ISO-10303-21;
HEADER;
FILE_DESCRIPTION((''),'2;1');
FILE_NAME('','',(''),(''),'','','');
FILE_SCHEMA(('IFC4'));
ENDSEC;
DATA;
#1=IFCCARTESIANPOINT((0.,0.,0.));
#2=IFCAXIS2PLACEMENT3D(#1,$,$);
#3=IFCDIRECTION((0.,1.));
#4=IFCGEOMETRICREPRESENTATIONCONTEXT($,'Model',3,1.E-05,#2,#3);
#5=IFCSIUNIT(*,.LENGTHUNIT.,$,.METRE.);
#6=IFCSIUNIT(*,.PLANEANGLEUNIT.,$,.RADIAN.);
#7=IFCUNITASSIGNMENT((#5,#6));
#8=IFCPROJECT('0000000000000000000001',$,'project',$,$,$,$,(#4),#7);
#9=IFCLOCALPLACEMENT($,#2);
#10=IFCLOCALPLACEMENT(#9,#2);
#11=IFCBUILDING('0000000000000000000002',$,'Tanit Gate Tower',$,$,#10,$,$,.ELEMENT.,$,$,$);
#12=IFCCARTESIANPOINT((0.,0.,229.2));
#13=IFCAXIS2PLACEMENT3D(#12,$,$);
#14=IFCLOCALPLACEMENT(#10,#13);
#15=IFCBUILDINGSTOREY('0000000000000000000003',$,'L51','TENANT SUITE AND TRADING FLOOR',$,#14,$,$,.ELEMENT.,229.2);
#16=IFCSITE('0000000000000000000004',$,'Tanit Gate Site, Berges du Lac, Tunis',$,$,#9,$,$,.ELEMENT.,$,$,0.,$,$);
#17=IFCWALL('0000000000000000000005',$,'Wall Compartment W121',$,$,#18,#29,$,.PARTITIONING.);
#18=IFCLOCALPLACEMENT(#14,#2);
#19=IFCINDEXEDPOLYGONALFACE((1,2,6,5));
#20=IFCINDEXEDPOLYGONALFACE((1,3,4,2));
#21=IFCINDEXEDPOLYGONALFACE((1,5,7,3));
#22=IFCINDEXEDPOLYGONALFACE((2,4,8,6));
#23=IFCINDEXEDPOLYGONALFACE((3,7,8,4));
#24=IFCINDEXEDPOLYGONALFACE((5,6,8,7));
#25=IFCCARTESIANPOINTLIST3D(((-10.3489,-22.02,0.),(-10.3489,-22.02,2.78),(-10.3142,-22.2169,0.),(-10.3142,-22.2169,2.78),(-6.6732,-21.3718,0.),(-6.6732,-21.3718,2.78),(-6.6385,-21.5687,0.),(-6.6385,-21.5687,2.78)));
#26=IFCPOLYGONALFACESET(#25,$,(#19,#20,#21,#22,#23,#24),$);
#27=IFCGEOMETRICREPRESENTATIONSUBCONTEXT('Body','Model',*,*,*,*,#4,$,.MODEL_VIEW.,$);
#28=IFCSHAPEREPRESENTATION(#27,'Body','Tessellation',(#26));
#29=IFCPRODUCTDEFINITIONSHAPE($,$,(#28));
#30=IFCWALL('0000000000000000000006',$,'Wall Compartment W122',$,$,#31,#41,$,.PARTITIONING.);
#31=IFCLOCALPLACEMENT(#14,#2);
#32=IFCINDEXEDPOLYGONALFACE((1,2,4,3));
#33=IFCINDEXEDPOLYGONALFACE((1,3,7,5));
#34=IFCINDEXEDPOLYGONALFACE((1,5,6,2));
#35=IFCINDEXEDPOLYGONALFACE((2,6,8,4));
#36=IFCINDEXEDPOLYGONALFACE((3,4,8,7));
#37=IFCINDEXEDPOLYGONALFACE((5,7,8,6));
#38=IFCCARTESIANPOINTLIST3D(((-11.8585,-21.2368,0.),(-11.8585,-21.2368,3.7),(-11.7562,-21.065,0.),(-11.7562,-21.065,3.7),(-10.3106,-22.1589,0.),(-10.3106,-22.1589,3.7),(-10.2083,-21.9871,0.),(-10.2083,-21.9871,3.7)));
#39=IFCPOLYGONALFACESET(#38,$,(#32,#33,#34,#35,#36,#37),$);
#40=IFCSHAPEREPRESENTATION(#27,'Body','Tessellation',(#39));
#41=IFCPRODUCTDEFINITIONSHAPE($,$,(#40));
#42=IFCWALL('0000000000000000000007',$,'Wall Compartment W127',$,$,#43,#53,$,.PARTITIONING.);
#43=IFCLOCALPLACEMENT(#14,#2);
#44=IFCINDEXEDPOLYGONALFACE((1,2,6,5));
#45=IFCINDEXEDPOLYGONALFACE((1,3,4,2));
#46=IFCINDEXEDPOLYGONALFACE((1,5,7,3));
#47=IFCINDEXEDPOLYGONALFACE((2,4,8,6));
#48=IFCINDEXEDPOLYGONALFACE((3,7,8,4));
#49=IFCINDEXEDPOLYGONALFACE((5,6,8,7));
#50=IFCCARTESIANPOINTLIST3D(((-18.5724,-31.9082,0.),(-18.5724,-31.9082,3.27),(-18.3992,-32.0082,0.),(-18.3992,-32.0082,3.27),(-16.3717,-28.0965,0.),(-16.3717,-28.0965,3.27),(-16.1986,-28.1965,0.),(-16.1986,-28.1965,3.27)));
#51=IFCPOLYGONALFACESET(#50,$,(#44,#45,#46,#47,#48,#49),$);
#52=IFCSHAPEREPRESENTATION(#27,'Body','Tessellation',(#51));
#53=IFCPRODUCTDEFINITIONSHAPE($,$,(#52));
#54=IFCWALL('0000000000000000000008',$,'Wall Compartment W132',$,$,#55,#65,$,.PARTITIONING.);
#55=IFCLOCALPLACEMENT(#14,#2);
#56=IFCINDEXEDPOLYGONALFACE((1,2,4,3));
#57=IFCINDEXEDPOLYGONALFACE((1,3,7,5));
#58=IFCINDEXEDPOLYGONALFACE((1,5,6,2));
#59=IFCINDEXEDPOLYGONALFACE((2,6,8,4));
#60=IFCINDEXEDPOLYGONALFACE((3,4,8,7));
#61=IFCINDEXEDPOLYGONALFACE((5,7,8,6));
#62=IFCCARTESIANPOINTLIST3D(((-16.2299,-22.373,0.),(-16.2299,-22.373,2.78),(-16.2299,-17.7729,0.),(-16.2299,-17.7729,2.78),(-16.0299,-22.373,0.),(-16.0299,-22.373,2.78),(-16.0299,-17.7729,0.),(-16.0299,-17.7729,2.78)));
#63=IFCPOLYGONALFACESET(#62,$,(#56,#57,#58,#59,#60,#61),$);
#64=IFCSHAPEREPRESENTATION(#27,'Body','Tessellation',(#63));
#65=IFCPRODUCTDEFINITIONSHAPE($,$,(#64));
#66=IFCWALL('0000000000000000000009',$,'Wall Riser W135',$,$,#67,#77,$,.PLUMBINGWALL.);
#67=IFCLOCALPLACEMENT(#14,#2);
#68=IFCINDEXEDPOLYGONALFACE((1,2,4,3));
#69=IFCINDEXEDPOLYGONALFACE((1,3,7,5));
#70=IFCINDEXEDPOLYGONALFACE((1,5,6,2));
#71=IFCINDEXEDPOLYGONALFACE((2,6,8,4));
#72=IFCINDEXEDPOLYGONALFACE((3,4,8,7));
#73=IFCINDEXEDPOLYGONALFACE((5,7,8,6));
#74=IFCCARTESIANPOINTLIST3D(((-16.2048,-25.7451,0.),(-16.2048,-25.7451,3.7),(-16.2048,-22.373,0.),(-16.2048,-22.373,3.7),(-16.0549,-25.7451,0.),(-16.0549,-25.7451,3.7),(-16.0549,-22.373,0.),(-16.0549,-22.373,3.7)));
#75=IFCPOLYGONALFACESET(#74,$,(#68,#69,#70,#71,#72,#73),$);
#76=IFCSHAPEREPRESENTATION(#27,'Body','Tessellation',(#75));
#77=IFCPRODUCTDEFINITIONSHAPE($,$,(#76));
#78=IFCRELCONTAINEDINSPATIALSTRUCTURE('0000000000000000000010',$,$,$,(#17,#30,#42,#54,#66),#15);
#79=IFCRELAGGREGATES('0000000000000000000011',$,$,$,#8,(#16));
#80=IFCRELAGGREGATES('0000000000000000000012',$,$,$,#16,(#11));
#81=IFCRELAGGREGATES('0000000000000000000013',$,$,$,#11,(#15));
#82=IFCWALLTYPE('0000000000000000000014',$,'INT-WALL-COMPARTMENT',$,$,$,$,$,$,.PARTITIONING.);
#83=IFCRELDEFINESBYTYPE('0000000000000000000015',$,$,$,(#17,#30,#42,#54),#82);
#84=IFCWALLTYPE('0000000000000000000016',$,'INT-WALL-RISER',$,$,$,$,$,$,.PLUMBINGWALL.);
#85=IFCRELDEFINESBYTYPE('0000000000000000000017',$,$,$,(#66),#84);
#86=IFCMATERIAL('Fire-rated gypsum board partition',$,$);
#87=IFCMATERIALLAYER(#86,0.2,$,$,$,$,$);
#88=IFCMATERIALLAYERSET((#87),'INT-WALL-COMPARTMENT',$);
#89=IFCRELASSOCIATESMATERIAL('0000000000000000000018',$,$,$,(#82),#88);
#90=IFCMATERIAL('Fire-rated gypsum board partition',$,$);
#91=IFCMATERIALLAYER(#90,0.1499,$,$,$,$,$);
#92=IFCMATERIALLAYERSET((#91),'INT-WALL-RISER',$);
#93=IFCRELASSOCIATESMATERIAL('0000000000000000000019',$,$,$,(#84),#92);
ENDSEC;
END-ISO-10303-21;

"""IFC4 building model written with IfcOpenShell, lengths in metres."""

from ifc_helpers import new_model, si_unit, direction, frame, frame_2d, origin, place, context, subcontext, project, spatial, rectangle, extrude, material, layer, layer_set, type_object, element, save


model = new_model("IFC4")

# Units and contexts
model_context = context("Model", 3, precision=1e-05, world=origin(), true_north=direction((0.0, 1.0)))
body_context = subcontext(model_context, "Body", "Model", "MODEL_VIEW")
ifc_project = project(units=[si_unit("LENGTHUNIT", "METRE"), si_unit("PLANEANGLEUNIT", "RADIAN")], contexts=[model_context])

# Site, building, storey
site_placement = place(None, origin())
site = spatial("IfcSite", under=ifc_project, at=site_placement, Name="Tanit Gate Site, Berges du Lac, Tunis", CompositionType="ELEMENT", RefElevation=0.0)
building_placement = place(site_placement, origin())
building = spatial("IfcBuilding", under=site, at=building_placement, Name="Tanit Gate Tower", CompositionType="ELEMENT")
storey_placement = place(building_placement, frame((0.0, 0.0, 229.2)))
storey = spatial("IfcBuildingStorey", under=building, at=storey_placement, Name="L51", Description="TENANT SUITE AND TRADING FLOOR", CompositionType="ELEMENT", Elevation=229.2)

# Shared definitions
ifc_material_1 = material(Name="Fire-rated gypsum board partition")
ifc_layer_1 = layer(ifc_material_1, 0.2)
ifc_layer_set_1 = layer_set([ifc_layer_1], Name="INT-WALL-COMPARTMENT")
wall_type_1 = type_object("IfcWallType", Name="INT-WALL-COMPARTMENT", PredefinedType="PARTITIONING", material=ifc_layer_set_1)

# Walls
wall_1_placement = place(storey_placement, frame((-10.3315, -22.1184, 0.0), z_axis=(0.0, 0.0, 1.0), x_axis=(0.984805, 0.173662, 0.0)))
element("IfcWall", 1, at=wall_1_placement, inside=storey, type_object=wall_type_1, Name="Wall Compartment W121", PredefinedType="PARTITIONING", context=body_context, shape_type="SweptSolid", body=[
    extrude(rectangle(XDim=3.7324, YDim=0.2, at=frame_2d((1.8662, 0.0))), origin(), (0.0, 0.0, 1.0), 2.78),
])
wall_2_placement = place(storey_placement, frame((-11.8074, -21.1509, 0.0), z_axis=(0.0, 0.0, 1.0), x_axis=(0.859103, -0.511803, 0.0)))
element("IfcWall", 2, at=wall_2_placement, inside=storey, type_object=wall_type_1, Name="Wall Compartment W122", PredefinedType="PARTITIONING", context=body_context, shape_type="SweptSolid", body=[
    extrude(rectangle(XDim=1.8018, YDim=0.2, at=frame_2d((0.9009, 0.0))), origin(), (0.0, 0.0, 1.0), 3.7),
])
wall_3_placement = place(storey_placement, frame((-16.2852, -28.1465, 0.0), z_axis=(0.0, 0.0, 1.0), x_axis=(-0.499993, -0.866029, 0.0)))
element("IfcWall", 3, at=wall_3_placement, inside=storey, type_object=wall_type_1, Name="Wall Compartment W127", PredefinedType="PARTITIONING", context=body_context, shape_type="SweptSolid", body=[
    extrude(rectangle(XDim=4.4014, YDim=0.2, at=frame_2d((2.2007, 0.0))), origin(), (0.0, 0.0, 1.0), 3.27),
])
wall_4_placement = place(storey_placement, frame((-16.1299, -22.373, 0.0), z_axis=(0.0, 0.0, 1.0), x_axis=(0.0, 1.0, 0.0)))
element("IfcWall", 4, at=wall_4_placement, inside=storey, type_object=wall_type_1, Name="Wall Compartment W132", PredefinedType="PARTITIONING", context=body_context, shape_type="SweptSolid", body=[
    extrude(rectangle(XDim=4.6001, YDim=0.2, at=frame_2d((2.3, 0.0))), origin(), (0.0, 0.0, 1.0), 2.78),
])
ifc_material_2 = material(Name="Fire-rated gypsum board partition")
ifc_layer_2 = layer(ifc_material_2, 0.1499)
ifc_layer_set_2 = layer_set([ifc_layer_2], Name="INT-WALL-RISER")
wall_type_2 = type_object("IfcWallType", Name="INT-WALL-RISER", PredefinedType="PLUMBINGWALL", material=ifc_layer_set_2)
wall_5_placement = place(storey_placement, frame((-16.1299, -25.7451, 0.0), z_axis=(0.0, 0.0, 1.0), x_axis=(0.0, 1.0, 0.0)))
element("IfcWall", 5, at=wall_5_placement, inside=storey, type_object=wall_type_2, Name="Wall Riser W135", PredefinedType="PLUMBINGWALL", context=body_context, shape_type="SweptSolid", body=[
    extrude(rectangle(XDim=3.3721, YDim=0.1499, at=frame_2d((1.686, 0.0))), origin(), (0.0, 0.0, 1.0), 3.7),
])

save(model, "model.ifc")
